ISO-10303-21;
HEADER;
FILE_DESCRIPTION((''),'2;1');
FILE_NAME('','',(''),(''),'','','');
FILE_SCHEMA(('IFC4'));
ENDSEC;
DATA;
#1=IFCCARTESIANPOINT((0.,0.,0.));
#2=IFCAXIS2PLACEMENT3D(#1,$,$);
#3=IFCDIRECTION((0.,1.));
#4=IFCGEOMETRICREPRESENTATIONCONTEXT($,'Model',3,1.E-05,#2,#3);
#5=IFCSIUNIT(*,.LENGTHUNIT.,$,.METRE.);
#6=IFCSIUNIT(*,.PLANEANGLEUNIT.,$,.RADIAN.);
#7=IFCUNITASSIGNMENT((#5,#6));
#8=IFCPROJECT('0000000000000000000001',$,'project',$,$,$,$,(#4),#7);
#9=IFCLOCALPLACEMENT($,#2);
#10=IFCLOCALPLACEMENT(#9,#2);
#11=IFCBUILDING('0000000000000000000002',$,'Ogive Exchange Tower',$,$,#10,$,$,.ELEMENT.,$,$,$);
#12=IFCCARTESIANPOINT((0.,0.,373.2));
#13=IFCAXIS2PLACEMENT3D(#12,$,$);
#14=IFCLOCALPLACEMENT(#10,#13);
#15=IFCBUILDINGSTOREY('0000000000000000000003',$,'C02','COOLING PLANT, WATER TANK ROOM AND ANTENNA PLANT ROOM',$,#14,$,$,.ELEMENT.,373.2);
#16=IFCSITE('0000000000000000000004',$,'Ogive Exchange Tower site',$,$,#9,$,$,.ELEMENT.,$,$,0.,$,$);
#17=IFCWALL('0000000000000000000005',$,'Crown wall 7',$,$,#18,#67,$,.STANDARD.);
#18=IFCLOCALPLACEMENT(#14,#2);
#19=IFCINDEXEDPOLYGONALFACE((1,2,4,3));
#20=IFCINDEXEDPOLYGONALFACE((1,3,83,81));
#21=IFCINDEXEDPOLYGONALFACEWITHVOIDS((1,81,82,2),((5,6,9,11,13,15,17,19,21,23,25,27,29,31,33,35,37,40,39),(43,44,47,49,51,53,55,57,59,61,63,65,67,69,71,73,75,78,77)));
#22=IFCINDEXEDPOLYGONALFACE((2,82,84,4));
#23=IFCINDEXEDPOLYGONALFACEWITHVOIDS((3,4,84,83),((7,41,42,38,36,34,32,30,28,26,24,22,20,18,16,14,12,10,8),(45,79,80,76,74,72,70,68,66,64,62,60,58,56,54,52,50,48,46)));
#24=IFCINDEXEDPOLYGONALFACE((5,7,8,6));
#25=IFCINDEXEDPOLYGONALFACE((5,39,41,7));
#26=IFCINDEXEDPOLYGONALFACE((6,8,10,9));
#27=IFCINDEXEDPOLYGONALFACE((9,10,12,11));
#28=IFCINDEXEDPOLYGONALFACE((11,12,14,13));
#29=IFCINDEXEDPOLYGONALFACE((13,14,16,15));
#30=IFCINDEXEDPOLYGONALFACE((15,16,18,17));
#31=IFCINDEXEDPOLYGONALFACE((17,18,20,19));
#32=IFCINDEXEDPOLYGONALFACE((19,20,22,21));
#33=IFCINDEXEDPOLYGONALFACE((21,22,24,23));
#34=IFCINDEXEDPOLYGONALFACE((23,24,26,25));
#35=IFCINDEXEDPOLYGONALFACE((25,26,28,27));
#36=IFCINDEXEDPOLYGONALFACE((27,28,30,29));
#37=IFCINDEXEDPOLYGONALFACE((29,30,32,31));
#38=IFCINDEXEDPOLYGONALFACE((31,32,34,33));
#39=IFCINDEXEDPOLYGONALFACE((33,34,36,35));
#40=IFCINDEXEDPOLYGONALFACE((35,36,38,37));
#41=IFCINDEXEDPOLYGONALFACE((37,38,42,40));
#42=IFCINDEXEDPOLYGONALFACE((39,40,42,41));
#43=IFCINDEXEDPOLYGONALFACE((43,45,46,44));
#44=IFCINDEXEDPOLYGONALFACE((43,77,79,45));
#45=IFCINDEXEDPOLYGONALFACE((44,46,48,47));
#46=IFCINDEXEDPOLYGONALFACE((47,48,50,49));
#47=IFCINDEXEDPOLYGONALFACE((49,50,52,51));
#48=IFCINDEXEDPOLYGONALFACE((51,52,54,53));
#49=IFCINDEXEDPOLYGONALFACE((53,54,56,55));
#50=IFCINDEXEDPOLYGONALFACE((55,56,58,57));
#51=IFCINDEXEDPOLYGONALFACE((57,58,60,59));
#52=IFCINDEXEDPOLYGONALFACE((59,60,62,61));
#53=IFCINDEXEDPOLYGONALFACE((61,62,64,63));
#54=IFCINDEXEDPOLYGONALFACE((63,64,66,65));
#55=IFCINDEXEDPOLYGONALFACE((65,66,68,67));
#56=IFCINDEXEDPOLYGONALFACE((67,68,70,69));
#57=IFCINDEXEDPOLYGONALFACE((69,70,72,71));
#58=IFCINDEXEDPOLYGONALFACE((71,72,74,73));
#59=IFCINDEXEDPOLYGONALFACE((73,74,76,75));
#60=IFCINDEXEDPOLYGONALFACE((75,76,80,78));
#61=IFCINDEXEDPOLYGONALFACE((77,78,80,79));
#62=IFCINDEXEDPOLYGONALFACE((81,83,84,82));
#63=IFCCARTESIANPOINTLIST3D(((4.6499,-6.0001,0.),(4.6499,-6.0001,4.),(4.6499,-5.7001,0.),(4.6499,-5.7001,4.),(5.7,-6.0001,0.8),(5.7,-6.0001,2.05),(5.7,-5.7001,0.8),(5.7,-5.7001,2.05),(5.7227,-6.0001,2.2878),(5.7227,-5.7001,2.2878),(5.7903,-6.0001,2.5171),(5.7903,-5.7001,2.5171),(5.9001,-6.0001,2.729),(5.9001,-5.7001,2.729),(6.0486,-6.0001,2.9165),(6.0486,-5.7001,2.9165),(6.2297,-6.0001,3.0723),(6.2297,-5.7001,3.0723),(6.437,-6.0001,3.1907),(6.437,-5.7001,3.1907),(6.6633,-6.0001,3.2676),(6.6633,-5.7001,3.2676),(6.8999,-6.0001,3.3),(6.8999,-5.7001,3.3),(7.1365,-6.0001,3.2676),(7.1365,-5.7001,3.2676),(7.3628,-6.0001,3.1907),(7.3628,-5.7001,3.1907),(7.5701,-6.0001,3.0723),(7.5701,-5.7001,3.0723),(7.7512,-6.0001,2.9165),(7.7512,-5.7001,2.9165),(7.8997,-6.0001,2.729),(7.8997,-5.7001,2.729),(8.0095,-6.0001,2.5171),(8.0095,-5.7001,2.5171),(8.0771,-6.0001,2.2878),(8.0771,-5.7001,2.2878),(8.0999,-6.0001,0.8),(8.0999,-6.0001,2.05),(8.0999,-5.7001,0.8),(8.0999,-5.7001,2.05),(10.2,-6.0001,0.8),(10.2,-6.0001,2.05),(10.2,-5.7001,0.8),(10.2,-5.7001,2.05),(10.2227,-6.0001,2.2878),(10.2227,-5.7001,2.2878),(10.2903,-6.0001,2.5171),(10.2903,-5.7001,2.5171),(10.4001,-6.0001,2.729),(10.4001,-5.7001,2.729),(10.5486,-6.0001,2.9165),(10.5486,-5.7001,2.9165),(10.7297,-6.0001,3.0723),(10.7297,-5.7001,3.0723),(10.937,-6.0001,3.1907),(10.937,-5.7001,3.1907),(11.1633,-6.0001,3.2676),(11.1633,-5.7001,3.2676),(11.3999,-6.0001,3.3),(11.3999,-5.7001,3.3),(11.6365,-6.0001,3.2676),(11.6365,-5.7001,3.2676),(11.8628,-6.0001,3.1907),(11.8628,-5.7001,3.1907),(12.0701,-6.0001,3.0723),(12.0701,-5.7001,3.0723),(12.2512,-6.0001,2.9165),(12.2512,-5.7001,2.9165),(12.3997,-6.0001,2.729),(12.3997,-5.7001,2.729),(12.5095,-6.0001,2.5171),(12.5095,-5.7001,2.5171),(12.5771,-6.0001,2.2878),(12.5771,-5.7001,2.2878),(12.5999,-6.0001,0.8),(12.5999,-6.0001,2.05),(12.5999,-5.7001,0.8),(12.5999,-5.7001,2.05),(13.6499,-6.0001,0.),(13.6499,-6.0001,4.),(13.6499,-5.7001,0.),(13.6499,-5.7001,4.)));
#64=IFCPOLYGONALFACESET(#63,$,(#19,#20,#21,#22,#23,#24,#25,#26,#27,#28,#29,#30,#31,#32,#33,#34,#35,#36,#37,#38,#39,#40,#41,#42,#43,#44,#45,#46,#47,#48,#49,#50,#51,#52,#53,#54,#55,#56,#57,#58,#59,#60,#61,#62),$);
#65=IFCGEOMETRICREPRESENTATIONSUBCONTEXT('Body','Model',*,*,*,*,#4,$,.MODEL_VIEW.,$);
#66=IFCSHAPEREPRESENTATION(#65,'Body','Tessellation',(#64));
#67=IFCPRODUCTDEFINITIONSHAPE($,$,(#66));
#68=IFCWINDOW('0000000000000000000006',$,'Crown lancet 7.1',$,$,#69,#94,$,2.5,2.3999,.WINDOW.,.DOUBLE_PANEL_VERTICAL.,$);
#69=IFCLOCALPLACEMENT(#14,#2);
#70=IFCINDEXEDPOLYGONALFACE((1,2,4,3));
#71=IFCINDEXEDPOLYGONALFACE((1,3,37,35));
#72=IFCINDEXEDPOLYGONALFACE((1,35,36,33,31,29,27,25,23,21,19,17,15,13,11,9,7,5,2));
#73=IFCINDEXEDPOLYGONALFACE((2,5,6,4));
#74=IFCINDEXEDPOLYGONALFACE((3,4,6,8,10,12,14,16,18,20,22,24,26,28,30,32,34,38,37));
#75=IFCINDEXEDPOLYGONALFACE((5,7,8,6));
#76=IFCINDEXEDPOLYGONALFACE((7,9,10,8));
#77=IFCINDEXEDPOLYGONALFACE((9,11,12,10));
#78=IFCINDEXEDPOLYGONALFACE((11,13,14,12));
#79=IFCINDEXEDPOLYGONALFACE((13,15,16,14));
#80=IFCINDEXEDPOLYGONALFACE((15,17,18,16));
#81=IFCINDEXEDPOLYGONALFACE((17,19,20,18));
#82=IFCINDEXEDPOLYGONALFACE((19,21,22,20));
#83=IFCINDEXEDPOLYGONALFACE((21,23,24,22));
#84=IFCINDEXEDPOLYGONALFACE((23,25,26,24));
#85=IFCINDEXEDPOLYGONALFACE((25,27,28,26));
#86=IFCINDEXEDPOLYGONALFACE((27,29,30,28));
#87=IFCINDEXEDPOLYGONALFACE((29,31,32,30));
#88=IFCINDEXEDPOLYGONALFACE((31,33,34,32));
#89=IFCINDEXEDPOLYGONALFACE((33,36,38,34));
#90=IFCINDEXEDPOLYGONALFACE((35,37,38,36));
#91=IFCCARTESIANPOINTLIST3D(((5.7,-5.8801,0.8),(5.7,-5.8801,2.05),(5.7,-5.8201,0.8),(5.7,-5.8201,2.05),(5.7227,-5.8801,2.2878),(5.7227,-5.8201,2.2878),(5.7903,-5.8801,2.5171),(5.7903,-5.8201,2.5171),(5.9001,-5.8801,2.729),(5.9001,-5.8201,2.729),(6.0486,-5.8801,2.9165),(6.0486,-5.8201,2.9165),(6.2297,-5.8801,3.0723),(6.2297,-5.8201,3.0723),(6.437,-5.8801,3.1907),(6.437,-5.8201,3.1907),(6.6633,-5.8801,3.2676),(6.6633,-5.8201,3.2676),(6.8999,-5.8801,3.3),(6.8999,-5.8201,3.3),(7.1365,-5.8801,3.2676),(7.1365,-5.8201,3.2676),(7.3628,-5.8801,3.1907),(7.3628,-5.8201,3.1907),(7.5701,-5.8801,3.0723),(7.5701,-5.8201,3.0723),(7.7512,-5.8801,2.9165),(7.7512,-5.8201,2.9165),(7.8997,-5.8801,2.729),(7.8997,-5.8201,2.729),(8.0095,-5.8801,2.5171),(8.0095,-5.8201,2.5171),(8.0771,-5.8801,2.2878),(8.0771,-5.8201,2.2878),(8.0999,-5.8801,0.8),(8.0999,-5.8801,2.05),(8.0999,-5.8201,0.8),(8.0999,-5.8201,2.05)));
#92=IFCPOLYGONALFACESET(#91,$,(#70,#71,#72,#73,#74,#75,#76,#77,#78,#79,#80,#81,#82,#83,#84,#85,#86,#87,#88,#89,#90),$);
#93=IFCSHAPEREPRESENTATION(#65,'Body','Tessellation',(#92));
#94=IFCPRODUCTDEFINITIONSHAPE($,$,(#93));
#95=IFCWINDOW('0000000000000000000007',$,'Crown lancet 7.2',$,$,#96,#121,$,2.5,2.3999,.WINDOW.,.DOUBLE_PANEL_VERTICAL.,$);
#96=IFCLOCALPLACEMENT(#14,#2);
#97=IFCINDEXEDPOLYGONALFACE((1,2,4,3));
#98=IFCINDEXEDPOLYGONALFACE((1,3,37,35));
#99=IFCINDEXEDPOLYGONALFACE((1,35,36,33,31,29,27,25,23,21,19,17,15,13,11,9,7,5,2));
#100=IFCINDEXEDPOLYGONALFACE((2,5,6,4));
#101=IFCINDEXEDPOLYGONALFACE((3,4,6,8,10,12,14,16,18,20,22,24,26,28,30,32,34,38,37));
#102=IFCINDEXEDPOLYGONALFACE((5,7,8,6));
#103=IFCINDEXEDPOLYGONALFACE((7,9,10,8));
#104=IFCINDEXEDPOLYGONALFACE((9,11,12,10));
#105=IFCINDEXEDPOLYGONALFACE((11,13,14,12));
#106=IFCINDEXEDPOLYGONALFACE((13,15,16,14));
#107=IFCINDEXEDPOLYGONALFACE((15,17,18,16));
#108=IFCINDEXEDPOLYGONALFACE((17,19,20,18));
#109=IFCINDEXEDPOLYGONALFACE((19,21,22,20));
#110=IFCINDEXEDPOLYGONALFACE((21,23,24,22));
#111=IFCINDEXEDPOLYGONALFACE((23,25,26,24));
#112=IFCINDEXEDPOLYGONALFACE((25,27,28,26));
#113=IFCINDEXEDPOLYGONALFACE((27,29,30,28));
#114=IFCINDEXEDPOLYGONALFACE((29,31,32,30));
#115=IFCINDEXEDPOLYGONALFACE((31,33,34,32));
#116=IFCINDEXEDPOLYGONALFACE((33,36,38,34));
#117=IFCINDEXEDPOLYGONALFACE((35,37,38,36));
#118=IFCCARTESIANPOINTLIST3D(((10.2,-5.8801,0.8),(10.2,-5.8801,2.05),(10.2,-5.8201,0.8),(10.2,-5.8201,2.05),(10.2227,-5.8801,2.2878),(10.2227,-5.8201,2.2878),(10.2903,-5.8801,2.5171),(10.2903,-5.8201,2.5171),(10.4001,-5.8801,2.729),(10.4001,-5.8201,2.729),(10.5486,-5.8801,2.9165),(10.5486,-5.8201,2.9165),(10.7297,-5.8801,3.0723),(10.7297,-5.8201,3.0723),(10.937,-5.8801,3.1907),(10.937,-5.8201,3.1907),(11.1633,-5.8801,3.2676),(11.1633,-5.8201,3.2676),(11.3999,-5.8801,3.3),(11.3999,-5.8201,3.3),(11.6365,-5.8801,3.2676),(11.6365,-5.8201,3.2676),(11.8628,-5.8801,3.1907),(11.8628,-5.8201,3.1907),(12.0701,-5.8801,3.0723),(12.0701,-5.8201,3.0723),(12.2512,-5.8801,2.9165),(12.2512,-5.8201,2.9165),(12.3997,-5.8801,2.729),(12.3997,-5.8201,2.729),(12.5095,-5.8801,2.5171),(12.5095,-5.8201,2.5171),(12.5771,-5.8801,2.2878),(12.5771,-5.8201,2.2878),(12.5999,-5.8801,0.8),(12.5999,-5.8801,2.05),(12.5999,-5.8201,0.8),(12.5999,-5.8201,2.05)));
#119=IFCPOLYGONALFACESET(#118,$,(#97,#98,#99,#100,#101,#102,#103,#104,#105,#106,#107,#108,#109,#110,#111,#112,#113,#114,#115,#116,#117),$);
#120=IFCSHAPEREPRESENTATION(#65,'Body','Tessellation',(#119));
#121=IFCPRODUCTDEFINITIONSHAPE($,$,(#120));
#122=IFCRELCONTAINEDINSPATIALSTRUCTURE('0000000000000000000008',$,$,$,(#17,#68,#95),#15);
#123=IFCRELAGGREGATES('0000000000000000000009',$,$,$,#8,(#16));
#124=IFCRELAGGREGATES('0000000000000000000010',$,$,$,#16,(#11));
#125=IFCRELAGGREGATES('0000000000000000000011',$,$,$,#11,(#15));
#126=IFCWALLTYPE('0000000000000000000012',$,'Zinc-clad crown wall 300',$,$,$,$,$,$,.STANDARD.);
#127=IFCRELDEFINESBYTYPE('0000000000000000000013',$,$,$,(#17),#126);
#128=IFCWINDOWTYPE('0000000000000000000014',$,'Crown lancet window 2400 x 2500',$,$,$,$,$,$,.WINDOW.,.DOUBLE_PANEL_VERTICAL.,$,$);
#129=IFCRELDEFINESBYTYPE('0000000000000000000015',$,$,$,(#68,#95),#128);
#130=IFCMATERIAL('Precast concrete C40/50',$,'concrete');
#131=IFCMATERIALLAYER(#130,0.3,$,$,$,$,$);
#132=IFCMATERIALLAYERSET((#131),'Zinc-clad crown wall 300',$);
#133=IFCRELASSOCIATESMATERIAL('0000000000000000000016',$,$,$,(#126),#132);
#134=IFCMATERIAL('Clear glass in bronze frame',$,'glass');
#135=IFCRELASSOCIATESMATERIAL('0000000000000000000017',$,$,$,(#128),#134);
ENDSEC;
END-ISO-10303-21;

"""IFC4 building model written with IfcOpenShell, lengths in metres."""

from ifc_helpers import new_model, si_unit, direction, frame, frame_2d, origin, place, context, subcontext, project, spatial, polyline, rectangle, outline, extrude, material, layer, layer_set, type_object, element, fill, save


model = new_model("IFC4")

# Units and contexts
model_context = context("Model", 3, precision=1e-05, world=origin(), true_north=direction((0.0, 1.0)))
body_context = subcontext(model_context, "Body", "Model", "MODEL_VIEW")
ifc_project = project(units=[si_unit("LENGTHUNIT", "METRE"), si_unit("PLANEANGLEUNIT", "RADIAN")], contexts=[model_context])

# Site, building, storey
site_placement = place(None, origin())
site = spatial("IfcSite", under=ifc_project, at=site_placement, Name="Ogive Exchange Tower site", CompositionType="ELEMENT", RefElevation=0.0)
building_placement = place(site_placement, origin())
building = spatial("IfcBuilding", under=site, at=building_placement, Name="Ogive Exchange Tower", CompositionType="ELEMENT")
storey_placement = place(building_placement, frame((0.0, 0.0, 373.2)))
storey = spatial("IfcBuildingStorey", under=building, at=storey_placement, Name="C02", Description="COOLING PLANT, WATER TANK ROOM AND ANTENNA PLANT ROOM", CompositionType="ELEMENT", Elevation=373.2)

# Wall, openings, windows
ifc_material_1 = material(Name="Precast concrete C40/50", Category="concrete")
ifc_layer_1 = layer(ifc_material_1, 0.3)
ifc_layer_set_1 = layer_set([ifc_layer_1], Name="Zinc-clad crown wall 300")
wall_type_1 = type_object("IfcWallType", Name="Zinc-clad crown wall 300", PredefinedType="STANDARD", material=ifc_layer_set_1)
wall_1_placement = place(storey_placement, frame((4.6499, -5.8501, 0.0), z_axis=(0.0, 0.0, 1.0), x_axis=(1.0, 0.0, 0.0)))
wall_1 = element("IfcWall", 1, at=wall_1_placement, inside=storey, type_object=wall_type_1, Name="Crown wall 7", PredefinedType="STANDARD", context=body_context, shape_type="SweptSolid", body=[
    extrude(rectangle(XDim=9.0, YDim=0.3, at=frame_2d((4.5, 0.0))), origin(), (0.0, 0.0, 1.0), 4.0),
])
opening_1_placement = place(wall_1_placement, frame((1.05, 0.0, 0.8)))
opening_1 = element("IfcOpeningElement", 2, at=opening_1_placement, cuts=wall_1, PredefinedType="OPENING", context=body_context, shape_type="SweptSolid", body=[
    extrude(outline(polyline([(0.0, 0.0), (2.3999, 0.0), (2.3999, 1.25), (2.3772, 1.4878), (2.3096, 1.717), (2.1997, 1.929), (2.0513, 2.1165), (1.8701, 2.2722), (1.6628, 2.3906), (1.4365, 2.4675), (1.2, 2.5), (0.9634, 2.4675), (0.7371, 2.3906), (0.5298, 2.2722), (0.3486, 2.1165), (0.2002, 1.929), (0.0903, 1.717), (0.0227, 1.4878), (0.0, 1.25), (0.0, 0.0)])), frame((0.0, 0.1599, 0.0), z_axis=(0.0, -1.0, 0.0), x_axis=(1.0, 0.0, 0.0)), (0.0, 0.0, 1.0), 0.3201),
])
opening_2_placement = place(wall_1_placement, frame((5.55, 0.0, 0.8)))
opening_2 = element("IfcOpeningElement", 3, at=opening_2_placement, cuts=wall_1, PredefinedType="OPENING", context=body_context, shape_type="SweptSolid", body=[
    extrude(outline(polyline([(0.0, 0.0), (2.3999, 0.0), (2.3999, 1.25), (2.3772, 1.4878), (2.3096, 1.717), (2.1997, 1.929), (2.0513, 2.1165), (1.8701, 2.2722), (1.6628, 2.3906), (1.4365, 2.4675), (1.2, 2.5), (0.9634, 2.4675), (0.7371, 2.3906), (0.5298, 2.2722), (0.3486, 2.1165), (0.2002, 1.929), (0.0903, 1.717), (0.0227, 1.4878), (0.0, 1.25), (0.0, 0.0)])), frame((0.0, 0.1599, 0.0), z_axis=(0.0, -1.0, 0.0), x_axis=(1.0, 0.0, 0.0)), (0.0, 0.0, 1.0), 0.3201),
])
ifc_material_2 = material(Name="Clear glass in bronze frame", Category="glass")
window_type = type_object("IfcWindowType", Name="Crown lancet window 2400 x 2500", PartitioningType="DOUBLE_PANEL_VERTICAL", PredefinedType="WINDOW", material=ifc_material_2)
window_1_placement = place(opening_1_placement, origin())
window_1 = element("IfcWindow", 4, at=window_1_placement, inside=storey, type_object=window_type, Name="Crown lancet 7.1", OverallHeight=2.5, OverallWidth=2.3999, PartitioningType="DOUBLE_PANEL_VERTICAL", PredefinedType="WINDOW", context=body_context, shape_type="SweptSolid", body=[
    extrude(outline(polyline([(0.0, 0.0), (2.3999, 0.0), (2.3999, 1.25), (2.3772, 1.4878), (2.3096, 1.717), (2.1997, 1.929), (2.0513, 2.1165), (1.8701, 2.2722), (1.6628, 2.3906), (1.4365, 2.4675), (1.2, 2.5), (0.9634, 2.4675), (0.7371, 2.3906), (0.5298, 2.2722), (0.3486, 2.1165), (0.2002, 1.929), (0.0903, 1.717), (0.0227, 1.4878), (0.0, 1.25), (0.0, 0.0)])), frame((0.0, 0.03, 0.0), z_axis=(0.0, -1.0, 0.0), x_axis=(1.0, 0.0, 0.0)), (0.0, 0.0, 1.0), 0.0601),
])
fill(opening_1, window_1)
window_2_placement = place(opening_2_placement, origin())
window_2 = element("IfcWindow", 5, at=window_2_placement, inside=storey, type_object=window_type, Name="Crown lancet 7.2", OverallHeight=2.5, OverallWidth=2.3999, PartitioningType="DOUBLE_PANEL_VERTICAL", PredefinedType="WINDOW", context=body_context, shape_type="SweptSolid", body=[
    extrude(outline(polyline([(0.0, 0.0), (2.3999, 0.0), (2.3999, 1.25), (2.3772, 1.4878), (2.3096, 1.717), (2.1997, 1.929), (2.0513, 2.1165), (1.8701, 2.2722), (1.6628, 2.3906), (1.4365, 2.4675), (1.2, 2.5), (0.9634, 2.4675), (0.7371, 2.3906), (0.5298, 2.2722), (0.3486, 2.1165), (0.2002, 1.929), (0.0903, 1.717), (0.0227, 1.4878), (0.0, 1.25), (0.0, 0.0)])), frame((0.0, 0.03, 0.0), z_axis=(0.0, -1.0, 0.0), x_axis=(1.0, 0.0, 0.0)), (0.0, 0.0, 1.0), 0.0601),
])
fill(opening_2, window_2)

save(model, "model.ifc")
